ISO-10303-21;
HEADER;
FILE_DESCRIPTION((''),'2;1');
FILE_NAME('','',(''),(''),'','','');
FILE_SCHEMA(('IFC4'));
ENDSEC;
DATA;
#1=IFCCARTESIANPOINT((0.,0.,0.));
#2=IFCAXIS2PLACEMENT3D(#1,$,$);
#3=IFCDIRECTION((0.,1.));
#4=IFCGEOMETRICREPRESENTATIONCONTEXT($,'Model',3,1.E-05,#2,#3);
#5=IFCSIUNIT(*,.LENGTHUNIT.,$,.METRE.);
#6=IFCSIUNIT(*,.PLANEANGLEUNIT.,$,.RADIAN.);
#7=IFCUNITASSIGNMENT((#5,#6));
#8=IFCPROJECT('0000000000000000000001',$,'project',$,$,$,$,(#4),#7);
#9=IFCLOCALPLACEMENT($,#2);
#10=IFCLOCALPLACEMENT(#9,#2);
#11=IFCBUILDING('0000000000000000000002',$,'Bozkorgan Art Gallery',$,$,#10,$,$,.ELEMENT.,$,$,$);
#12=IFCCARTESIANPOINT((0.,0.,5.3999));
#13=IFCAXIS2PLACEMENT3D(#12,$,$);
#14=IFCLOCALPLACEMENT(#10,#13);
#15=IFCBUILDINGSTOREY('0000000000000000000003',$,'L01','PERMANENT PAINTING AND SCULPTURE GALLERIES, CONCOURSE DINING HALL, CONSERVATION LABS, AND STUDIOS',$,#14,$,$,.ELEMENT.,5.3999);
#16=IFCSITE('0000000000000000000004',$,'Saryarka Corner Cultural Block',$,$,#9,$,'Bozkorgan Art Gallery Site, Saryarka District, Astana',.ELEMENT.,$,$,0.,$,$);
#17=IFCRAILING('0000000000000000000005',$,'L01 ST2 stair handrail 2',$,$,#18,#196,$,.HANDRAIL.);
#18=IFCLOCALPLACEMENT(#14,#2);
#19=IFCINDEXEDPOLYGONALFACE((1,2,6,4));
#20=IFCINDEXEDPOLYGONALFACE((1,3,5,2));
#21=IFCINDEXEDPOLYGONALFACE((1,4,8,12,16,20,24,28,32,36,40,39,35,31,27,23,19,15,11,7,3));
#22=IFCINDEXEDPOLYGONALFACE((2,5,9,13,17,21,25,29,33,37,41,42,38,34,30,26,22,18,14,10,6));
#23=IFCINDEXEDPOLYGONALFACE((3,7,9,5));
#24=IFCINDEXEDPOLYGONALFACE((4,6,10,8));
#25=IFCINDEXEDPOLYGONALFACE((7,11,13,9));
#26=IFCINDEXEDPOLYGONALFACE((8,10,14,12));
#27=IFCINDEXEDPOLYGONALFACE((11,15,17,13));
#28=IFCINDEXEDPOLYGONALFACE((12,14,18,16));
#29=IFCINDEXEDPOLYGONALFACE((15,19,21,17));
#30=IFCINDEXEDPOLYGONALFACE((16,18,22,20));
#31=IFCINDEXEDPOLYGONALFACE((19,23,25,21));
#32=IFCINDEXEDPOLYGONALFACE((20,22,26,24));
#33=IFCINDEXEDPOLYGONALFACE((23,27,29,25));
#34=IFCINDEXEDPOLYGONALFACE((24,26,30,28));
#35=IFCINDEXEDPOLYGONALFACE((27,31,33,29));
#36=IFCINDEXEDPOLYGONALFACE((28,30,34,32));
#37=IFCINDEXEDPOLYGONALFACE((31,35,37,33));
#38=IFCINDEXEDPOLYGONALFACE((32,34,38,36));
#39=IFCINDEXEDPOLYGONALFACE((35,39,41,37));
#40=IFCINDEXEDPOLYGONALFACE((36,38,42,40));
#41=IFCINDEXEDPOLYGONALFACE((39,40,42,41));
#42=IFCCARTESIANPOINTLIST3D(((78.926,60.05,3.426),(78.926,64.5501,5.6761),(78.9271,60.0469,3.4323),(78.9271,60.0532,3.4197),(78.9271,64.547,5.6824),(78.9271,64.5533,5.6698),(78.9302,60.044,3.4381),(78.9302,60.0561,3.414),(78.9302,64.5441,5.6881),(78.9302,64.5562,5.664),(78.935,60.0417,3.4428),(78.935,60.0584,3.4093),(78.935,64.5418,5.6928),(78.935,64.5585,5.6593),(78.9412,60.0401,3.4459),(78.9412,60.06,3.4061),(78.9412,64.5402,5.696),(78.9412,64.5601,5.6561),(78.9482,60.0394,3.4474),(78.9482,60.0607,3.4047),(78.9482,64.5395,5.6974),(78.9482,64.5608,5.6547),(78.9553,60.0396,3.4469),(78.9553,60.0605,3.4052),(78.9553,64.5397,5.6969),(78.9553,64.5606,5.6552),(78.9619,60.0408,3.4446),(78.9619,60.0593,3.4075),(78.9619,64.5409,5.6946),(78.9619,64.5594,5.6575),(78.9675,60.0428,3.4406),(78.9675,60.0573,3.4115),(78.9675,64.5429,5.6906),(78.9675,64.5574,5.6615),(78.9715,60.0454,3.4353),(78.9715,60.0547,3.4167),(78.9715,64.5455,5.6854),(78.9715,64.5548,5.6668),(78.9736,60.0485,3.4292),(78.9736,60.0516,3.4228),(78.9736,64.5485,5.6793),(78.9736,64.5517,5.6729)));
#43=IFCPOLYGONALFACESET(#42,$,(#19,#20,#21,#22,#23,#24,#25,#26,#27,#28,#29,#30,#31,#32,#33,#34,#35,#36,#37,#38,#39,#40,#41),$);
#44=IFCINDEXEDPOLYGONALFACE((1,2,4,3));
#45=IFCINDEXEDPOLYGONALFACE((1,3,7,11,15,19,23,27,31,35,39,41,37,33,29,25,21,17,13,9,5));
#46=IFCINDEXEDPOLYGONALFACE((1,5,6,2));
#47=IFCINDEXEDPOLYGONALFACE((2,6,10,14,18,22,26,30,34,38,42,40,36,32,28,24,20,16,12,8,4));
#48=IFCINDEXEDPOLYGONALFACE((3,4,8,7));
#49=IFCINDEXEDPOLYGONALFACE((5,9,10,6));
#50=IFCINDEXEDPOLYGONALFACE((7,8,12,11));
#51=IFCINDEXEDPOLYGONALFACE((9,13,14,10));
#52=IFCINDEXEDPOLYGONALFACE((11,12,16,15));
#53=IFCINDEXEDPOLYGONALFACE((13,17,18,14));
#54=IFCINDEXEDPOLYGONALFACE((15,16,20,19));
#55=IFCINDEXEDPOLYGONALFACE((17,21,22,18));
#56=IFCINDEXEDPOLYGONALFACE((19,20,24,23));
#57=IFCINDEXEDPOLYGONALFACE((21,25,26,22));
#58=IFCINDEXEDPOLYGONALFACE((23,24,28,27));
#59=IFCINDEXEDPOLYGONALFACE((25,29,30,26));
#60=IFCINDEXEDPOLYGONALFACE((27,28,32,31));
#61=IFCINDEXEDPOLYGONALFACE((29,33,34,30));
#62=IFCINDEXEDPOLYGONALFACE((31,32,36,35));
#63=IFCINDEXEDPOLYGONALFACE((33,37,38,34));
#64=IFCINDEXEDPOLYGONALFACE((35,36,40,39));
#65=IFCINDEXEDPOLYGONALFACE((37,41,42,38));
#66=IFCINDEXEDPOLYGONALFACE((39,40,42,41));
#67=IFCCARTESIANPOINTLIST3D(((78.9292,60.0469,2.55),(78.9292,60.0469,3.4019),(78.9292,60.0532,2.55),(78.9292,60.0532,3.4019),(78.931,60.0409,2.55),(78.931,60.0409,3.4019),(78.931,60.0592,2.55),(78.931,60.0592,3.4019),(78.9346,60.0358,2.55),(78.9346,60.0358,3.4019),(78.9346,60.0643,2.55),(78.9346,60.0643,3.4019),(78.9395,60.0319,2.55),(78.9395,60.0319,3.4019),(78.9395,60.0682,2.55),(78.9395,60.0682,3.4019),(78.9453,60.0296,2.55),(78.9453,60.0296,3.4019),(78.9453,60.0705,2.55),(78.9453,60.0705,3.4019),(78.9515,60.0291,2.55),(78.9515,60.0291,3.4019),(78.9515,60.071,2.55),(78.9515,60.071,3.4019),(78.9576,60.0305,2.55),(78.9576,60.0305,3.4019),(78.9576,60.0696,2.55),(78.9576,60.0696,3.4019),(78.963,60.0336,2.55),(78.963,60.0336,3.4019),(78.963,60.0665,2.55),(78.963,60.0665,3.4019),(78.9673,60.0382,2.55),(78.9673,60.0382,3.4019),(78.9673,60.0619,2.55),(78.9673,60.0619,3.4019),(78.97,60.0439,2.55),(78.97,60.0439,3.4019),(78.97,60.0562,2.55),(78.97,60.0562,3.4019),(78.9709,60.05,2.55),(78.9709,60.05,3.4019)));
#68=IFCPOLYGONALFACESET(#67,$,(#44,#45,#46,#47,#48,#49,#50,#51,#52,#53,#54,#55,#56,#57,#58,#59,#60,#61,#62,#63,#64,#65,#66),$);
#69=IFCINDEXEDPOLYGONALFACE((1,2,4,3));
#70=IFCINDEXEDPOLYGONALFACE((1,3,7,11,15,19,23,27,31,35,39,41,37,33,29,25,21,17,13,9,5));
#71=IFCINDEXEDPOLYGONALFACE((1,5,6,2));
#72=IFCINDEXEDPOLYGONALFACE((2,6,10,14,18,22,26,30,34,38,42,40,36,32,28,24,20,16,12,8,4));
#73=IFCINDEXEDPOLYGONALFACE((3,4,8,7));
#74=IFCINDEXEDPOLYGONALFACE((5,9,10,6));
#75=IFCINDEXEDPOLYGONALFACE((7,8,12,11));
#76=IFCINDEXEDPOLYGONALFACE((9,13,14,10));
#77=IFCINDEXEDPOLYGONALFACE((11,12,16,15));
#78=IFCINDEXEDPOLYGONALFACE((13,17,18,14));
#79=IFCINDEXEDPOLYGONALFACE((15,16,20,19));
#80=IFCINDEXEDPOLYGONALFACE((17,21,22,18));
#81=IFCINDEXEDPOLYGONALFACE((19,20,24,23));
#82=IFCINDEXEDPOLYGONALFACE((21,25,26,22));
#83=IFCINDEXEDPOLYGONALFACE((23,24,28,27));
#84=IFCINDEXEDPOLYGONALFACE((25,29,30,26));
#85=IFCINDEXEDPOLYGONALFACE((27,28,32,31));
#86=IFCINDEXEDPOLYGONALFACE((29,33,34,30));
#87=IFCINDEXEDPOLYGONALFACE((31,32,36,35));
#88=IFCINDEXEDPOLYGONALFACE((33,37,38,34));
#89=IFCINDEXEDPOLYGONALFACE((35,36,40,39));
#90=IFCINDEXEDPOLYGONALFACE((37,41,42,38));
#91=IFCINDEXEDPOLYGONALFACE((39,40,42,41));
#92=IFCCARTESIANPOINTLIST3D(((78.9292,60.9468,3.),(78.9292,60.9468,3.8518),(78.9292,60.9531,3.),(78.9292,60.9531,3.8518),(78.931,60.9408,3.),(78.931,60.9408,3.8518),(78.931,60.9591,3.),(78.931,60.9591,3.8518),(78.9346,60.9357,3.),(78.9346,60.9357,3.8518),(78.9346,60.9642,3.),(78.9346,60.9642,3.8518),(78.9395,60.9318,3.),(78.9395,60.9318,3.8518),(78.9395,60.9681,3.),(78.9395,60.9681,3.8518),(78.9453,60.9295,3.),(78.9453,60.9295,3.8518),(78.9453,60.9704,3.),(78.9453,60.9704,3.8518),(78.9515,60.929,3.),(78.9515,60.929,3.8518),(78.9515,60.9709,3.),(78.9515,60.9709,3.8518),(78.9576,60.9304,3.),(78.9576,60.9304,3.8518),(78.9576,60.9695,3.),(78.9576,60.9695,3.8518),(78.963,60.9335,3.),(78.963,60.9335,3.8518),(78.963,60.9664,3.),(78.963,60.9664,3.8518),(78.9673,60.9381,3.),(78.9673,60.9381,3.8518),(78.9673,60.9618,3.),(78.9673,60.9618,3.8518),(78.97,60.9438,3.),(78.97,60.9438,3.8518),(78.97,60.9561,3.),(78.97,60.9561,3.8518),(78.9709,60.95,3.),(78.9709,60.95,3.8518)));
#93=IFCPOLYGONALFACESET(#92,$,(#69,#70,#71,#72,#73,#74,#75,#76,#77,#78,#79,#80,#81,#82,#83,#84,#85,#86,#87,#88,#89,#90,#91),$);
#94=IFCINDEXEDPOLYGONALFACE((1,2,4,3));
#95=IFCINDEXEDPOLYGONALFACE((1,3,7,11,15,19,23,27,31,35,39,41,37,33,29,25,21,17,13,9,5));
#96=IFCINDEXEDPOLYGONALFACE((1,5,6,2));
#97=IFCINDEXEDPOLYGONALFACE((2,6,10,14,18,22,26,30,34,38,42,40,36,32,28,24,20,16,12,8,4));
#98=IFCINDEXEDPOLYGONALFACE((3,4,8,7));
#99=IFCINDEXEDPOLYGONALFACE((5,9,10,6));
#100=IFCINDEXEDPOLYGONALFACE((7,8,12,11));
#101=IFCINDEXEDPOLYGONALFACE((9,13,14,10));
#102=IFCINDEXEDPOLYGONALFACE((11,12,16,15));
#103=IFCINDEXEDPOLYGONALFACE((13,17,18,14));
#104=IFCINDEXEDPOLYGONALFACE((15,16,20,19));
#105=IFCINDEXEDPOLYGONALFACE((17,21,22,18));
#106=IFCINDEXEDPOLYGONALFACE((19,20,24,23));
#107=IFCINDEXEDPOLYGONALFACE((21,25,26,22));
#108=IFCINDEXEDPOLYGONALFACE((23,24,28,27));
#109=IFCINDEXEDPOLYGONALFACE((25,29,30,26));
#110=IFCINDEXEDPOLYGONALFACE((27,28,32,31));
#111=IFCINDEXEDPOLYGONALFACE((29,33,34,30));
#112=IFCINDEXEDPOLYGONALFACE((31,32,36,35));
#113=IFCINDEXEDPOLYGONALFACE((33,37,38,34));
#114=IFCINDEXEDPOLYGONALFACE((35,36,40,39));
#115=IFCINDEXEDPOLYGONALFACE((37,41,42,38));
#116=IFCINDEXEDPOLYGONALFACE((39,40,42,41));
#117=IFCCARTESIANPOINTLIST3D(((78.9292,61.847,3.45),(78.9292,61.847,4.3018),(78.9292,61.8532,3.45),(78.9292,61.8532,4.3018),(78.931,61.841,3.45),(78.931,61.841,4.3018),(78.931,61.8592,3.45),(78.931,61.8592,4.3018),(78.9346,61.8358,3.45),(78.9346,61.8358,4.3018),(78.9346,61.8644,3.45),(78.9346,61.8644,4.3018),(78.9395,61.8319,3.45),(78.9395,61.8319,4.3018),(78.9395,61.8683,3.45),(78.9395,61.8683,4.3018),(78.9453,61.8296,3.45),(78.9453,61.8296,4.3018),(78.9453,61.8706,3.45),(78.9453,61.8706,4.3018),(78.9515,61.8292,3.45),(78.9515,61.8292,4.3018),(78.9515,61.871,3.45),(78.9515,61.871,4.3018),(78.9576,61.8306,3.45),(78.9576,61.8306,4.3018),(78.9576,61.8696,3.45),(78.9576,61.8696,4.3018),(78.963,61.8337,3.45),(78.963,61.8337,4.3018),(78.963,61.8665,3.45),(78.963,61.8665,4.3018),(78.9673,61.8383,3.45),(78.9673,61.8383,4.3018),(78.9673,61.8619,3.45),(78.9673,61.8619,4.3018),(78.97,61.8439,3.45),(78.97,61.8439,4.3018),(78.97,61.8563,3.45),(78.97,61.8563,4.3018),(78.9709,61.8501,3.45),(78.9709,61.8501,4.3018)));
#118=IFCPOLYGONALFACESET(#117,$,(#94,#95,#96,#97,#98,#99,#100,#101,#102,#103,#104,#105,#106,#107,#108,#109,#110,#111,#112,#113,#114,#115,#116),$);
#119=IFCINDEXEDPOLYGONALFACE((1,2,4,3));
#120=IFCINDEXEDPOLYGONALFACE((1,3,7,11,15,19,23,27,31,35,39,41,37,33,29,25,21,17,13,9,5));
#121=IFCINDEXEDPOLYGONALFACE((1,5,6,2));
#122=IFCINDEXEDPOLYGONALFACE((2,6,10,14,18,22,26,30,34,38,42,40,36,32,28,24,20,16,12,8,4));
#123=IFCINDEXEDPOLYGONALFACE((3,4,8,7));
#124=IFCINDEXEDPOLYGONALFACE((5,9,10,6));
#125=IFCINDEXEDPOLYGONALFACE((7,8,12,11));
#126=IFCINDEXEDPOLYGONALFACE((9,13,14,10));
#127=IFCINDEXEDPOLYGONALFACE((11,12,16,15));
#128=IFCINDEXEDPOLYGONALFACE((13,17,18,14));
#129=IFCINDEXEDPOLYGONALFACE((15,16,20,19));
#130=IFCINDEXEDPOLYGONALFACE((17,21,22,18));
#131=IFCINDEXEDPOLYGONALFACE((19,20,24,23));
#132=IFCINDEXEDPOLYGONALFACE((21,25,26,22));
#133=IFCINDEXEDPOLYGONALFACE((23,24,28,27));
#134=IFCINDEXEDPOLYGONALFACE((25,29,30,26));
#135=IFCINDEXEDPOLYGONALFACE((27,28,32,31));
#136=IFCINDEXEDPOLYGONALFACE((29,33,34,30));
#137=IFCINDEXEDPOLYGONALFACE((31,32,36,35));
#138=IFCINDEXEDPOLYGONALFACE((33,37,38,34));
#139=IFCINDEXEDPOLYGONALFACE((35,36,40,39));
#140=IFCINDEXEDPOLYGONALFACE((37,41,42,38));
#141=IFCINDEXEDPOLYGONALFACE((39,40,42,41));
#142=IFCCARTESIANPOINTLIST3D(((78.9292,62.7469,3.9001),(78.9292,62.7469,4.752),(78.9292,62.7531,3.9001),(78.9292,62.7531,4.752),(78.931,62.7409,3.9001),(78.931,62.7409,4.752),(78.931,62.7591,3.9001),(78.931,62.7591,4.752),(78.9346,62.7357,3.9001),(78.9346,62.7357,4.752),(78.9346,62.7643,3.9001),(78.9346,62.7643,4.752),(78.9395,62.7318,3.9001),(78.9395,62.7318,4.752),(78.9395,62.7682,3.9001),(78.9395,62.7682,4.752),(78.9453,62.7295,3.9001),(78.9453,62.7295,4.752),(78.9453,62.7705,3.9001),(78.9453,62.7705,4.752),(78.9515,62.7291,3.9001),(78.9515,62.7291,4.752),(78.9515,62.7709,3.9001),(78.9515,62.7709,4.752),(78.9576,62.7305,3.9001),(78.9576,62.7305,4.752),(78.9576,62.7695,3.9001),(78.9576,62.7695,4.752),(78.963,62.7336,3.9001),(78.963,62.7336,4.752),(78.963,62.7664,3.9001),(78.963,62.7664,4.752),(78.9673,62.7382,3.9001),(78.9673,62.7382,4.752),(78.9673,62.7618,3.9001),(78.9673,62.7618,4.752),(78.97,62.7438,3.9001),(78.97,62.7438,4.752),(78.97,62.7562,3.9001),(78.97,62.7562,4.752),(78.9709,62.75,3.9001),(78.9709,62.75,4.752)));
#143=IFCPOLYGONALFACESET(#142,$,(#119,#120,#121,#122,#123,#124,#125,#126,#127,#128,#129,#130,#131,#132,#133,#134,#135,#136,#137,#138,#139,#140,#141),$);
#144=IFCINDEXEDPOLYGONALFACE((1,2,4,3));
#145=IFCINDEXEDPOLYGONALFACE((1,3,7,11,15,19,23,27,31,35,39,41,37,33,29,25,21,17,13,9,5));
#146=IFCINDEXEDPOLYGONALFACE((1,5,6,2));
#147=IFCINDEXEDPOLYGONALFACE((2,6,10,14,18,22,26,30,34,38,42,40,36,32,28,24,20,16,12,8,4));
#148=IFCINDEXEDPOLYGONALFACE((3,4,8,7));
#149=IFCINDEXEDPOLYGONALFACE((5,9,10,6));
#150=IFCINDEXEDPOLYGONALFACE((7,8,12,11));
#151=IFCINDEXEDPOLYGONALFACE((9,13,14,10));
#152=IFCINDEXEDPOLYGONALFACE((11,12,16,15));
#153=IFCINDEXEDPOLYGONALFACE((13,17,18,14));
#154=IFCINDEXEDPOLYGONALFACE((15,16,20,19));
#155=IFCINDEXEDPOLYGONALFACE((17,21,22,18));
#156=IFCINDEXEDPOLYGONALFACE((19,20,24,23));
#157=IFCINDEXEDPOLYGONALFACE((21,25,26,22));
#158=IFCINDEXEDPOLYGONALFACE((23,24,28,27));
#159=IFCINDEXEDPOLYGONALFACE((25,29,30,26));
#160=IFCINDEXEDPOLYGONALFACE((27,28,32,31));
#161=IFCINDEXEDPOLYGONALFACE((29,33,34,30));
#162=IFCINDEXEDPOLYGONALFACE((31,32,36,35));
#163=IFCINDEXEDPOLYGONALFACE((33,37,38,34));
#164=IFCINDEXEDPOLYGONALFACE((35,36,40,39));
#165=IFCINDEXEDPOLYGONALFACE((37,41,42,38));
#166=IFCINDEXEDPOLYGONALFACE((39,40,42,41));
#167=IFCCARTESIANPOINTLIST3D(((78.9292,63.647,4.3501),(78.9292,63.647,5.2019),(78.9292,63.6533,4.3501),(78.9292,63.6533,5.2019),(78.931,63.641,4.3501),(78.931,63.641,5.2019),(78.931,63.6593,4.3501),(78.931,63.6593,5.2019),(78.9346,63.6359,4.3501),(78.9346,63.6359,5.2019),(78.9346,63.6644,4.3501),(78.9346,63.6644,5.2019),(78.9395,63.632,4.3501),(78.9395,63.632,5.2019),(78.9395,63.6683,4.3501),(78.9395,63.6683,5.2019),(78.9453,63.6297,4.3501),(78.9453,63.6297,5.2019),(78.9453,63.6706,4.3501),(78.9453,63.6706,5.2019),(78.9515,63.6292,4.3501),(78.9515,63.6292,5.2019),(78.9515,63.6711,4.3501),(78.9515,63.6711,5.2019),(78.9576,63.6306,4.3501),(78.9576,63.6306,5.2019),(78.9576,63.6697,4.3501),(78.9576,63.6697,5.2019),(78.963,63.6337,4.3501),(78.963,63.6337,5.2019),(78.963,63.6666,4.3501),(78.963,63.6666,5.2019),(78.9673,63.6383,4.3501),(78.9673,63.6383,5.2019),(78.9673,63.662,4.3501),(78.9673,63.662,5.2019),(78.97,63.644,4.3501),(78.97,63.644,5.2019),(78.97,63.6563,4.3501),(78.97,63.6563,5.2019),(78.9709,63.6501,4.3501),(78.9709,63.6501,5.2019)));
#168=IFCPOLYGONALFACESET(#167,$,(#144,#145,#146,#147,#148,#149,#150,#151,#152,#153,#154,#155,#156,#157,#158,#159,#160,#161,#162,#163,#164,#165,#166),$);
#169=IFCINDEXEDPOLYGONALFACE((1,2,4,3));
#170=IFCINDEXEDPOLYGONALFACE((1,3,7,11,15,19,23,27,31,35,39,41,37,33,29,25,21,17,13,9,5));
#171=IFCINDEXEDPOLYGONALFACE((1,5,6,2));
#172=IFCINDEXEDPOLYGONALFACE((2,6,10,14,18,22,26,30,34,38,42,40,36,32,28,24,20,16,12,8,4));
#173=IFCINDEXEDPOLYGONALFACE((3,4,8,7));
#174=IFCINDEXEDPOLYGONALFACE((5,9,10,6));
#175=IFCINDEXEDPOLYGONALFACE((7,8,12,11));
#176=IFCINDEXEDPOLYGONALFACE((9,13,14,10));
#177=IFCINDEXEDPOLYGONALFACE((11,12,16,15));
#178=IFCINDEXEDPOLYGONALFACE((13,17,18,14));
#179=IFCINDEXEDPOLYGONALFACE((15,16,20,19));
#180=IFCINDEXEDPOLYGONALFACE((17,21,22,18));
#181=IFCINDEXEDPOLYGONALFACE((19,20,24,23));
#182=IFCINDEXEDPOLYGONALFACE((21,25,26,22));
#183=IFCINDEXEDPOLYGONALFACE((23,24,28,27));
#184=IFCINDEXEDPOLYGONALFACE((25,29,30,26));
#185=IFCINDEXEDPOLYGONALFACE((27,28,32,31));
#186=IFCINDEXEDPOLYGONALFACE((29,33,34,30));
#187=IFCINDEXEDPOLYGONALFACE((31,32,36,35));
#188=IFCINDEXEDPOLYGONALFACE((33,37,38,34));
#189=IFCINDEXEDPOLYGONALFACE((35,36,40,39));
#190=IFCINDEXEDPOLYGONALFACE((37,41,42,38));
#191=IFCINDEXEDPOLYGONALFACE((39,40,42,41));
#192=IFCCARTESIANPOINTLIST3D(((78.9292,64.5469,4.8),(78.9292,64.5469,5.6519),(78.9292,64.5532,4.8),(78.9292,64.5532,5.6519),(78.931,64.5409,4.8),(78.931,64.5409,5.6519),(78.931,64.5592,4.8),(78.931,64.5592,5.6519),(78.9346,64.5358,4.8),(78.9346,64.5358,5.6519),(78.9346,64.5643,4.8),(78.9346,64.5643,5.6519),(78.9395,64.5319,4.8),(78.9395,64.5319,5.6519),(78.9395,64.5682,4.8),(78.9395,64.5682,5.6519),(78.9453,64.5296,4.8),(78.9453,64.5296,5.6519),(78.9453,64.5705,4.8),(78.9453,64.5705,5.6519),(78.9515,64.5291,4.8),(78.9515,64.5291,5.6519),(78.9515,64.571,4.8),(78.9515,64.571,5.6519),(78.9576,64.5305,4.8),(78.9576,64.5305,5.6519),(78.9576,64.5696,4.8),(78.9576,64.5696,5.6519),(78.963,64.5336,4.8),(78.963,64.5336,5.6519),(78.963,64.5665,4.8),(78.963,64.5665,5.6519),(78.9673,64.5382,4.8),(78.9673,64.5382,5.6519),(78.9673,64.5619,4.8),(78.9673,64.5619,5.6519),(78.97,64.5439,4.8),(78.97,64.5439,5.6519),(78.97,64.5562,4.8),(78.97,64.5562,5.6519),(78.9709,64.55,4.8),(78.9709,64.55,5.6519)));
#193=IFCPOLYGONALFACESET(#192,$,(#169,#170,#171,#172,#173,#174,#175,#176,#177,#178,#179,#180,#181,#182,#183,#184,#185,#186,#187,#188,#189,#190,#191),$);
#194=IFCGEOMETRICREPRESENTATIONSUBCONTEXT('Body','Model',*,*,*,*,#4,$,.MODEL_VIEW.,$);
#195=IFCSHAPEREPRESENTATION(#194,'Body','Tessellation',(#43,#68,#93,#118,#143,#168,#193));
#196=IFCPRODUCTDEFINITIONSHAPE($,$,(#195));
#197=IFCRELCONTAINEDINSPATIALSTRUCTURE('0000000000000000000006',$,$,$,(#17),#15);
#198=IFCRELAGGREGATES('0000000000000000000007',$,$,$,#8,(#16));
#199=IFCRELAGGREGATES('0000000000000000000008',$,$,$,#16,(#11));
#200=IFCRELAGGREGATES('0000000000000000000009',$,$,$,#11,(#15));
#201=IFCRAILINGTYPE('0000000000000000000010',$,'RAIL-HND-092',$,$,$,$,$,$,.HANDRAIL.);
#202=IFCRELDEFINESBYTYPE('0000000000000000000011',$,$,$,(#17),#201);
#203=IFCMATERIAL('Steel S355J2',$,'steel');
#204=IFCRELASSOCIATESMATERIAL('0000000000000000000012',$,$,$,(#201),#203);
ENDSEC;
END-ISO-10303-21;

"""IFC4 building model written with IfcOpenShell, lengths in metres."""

from ifc_helpers import new_model, si_unit, direction, frame, origin, origin_2d, place, context, subcontext, project, spatial, circle, extrude, material, type_object, element, save


model = new_model("IFC4")

# Units and contexts
model_context = context("Model", 3, precision=1e-05, world=origin(), true_north=direction((0.0, 1.0)))
body_context = subcontext(model_context, "Body", "Model", "MODEL_VIEW")
ifc_project = project(units=[si_unit("LENGTHUNIT", "METRE"), si_unit("PLANEANGLEUNIT", "RADIAN")], contexts=[model_context])

# Site, building, storey
site_placement = place(None, origin())
site = spatial("IfcSite", under=ifc_project, at=site_placement, Name="Saryarka Corner Cultural Block", LongName="Bozkorgan Art Gallery Site, Saryarka District, Astana", CompositionType="ELEMENT", RefElevation=0.0)
building_placement = place(site_placement, origin())
building = spatial("IfcBuilding", under=site, at=building_placement, Name="Bozkorgan Art Gallery", CompositionType="ELEMENT")
storey_placement = place(building_placement, frame((0.0, 0.0, 5.3999)))
storey = spatial("IfcBuildingStorey", under=building, at=storey_placement, Name="L01", Description="PERMANENT PAINTING AND SCULPTURE GALLERIES, CONCOURSE DINING HALL, CONSERVATION LABS, AND STUDIOS", CompositionType="ELEMENT", Elevation=5.3999)

# Railing
ifc_material_1 = material(Name="Steel S355J2", Category="steel")
railing_type_1 = type_object("IfcRailingType", Name="RAIL-HND-092", PredefinedType="HANDRAIL", material=ifc_material_1)
railing_1_placement = place(storey_placement, frame((78.95, 60.05, 2.55)))
element("IfcRailing", 1, at=railing_1_placement, inside=storey, type_object=railing_type_1, Name="L01 ST2 stair handrail 2", PredefinedType="HANDRAIL", context=body_context, shape_type="SweptSolid", body=[
    extrude(circle(Radius=0.0239, at=origin_2d()), frame((0.0, 0.0, 0.876), z_axis=(0.0, 0.894427, 0.447214), x_axis=(-1.0, 0.0, 0.0)), (0.0, 0.0, 1.0), 5.0312),
    extrude(circle(Radius=0.021, at=origin_2d()), origin(), (0.0, 0.0, 1.0), 0.8518),
    extrude(circle(Radius=0.021, at=origin_2d()), frame((0.0, 0.8999, 0.45)), (0.0, 0.0, 1.0), 0.8518),
    extrude(circle(Radius=0.021, at=origin_2d()), frame((0.0, 1.8, 0.8999)), (0.0, 0.0, 1.0), 0.8518),
    extrude(circle(Radius=0.021, at=origin_2d()), frame((0.0, 2.7, 1.3501)), (0.0, 0.0, 1.0), 0.8518),
    extrude(circle(Radius=0.021, at=origin_2d()), frame((0.0, 3.6001, 1.8)), (0.0, 0.0, 1.0), 0.8518),
    extrude(circle(Radius=0.021, at=origin_2d()), frame((0.0, 4.5, 2.25)), (0.0, 0.0, 1.0), 0.8518),
])

save(model, "model.ifc")
